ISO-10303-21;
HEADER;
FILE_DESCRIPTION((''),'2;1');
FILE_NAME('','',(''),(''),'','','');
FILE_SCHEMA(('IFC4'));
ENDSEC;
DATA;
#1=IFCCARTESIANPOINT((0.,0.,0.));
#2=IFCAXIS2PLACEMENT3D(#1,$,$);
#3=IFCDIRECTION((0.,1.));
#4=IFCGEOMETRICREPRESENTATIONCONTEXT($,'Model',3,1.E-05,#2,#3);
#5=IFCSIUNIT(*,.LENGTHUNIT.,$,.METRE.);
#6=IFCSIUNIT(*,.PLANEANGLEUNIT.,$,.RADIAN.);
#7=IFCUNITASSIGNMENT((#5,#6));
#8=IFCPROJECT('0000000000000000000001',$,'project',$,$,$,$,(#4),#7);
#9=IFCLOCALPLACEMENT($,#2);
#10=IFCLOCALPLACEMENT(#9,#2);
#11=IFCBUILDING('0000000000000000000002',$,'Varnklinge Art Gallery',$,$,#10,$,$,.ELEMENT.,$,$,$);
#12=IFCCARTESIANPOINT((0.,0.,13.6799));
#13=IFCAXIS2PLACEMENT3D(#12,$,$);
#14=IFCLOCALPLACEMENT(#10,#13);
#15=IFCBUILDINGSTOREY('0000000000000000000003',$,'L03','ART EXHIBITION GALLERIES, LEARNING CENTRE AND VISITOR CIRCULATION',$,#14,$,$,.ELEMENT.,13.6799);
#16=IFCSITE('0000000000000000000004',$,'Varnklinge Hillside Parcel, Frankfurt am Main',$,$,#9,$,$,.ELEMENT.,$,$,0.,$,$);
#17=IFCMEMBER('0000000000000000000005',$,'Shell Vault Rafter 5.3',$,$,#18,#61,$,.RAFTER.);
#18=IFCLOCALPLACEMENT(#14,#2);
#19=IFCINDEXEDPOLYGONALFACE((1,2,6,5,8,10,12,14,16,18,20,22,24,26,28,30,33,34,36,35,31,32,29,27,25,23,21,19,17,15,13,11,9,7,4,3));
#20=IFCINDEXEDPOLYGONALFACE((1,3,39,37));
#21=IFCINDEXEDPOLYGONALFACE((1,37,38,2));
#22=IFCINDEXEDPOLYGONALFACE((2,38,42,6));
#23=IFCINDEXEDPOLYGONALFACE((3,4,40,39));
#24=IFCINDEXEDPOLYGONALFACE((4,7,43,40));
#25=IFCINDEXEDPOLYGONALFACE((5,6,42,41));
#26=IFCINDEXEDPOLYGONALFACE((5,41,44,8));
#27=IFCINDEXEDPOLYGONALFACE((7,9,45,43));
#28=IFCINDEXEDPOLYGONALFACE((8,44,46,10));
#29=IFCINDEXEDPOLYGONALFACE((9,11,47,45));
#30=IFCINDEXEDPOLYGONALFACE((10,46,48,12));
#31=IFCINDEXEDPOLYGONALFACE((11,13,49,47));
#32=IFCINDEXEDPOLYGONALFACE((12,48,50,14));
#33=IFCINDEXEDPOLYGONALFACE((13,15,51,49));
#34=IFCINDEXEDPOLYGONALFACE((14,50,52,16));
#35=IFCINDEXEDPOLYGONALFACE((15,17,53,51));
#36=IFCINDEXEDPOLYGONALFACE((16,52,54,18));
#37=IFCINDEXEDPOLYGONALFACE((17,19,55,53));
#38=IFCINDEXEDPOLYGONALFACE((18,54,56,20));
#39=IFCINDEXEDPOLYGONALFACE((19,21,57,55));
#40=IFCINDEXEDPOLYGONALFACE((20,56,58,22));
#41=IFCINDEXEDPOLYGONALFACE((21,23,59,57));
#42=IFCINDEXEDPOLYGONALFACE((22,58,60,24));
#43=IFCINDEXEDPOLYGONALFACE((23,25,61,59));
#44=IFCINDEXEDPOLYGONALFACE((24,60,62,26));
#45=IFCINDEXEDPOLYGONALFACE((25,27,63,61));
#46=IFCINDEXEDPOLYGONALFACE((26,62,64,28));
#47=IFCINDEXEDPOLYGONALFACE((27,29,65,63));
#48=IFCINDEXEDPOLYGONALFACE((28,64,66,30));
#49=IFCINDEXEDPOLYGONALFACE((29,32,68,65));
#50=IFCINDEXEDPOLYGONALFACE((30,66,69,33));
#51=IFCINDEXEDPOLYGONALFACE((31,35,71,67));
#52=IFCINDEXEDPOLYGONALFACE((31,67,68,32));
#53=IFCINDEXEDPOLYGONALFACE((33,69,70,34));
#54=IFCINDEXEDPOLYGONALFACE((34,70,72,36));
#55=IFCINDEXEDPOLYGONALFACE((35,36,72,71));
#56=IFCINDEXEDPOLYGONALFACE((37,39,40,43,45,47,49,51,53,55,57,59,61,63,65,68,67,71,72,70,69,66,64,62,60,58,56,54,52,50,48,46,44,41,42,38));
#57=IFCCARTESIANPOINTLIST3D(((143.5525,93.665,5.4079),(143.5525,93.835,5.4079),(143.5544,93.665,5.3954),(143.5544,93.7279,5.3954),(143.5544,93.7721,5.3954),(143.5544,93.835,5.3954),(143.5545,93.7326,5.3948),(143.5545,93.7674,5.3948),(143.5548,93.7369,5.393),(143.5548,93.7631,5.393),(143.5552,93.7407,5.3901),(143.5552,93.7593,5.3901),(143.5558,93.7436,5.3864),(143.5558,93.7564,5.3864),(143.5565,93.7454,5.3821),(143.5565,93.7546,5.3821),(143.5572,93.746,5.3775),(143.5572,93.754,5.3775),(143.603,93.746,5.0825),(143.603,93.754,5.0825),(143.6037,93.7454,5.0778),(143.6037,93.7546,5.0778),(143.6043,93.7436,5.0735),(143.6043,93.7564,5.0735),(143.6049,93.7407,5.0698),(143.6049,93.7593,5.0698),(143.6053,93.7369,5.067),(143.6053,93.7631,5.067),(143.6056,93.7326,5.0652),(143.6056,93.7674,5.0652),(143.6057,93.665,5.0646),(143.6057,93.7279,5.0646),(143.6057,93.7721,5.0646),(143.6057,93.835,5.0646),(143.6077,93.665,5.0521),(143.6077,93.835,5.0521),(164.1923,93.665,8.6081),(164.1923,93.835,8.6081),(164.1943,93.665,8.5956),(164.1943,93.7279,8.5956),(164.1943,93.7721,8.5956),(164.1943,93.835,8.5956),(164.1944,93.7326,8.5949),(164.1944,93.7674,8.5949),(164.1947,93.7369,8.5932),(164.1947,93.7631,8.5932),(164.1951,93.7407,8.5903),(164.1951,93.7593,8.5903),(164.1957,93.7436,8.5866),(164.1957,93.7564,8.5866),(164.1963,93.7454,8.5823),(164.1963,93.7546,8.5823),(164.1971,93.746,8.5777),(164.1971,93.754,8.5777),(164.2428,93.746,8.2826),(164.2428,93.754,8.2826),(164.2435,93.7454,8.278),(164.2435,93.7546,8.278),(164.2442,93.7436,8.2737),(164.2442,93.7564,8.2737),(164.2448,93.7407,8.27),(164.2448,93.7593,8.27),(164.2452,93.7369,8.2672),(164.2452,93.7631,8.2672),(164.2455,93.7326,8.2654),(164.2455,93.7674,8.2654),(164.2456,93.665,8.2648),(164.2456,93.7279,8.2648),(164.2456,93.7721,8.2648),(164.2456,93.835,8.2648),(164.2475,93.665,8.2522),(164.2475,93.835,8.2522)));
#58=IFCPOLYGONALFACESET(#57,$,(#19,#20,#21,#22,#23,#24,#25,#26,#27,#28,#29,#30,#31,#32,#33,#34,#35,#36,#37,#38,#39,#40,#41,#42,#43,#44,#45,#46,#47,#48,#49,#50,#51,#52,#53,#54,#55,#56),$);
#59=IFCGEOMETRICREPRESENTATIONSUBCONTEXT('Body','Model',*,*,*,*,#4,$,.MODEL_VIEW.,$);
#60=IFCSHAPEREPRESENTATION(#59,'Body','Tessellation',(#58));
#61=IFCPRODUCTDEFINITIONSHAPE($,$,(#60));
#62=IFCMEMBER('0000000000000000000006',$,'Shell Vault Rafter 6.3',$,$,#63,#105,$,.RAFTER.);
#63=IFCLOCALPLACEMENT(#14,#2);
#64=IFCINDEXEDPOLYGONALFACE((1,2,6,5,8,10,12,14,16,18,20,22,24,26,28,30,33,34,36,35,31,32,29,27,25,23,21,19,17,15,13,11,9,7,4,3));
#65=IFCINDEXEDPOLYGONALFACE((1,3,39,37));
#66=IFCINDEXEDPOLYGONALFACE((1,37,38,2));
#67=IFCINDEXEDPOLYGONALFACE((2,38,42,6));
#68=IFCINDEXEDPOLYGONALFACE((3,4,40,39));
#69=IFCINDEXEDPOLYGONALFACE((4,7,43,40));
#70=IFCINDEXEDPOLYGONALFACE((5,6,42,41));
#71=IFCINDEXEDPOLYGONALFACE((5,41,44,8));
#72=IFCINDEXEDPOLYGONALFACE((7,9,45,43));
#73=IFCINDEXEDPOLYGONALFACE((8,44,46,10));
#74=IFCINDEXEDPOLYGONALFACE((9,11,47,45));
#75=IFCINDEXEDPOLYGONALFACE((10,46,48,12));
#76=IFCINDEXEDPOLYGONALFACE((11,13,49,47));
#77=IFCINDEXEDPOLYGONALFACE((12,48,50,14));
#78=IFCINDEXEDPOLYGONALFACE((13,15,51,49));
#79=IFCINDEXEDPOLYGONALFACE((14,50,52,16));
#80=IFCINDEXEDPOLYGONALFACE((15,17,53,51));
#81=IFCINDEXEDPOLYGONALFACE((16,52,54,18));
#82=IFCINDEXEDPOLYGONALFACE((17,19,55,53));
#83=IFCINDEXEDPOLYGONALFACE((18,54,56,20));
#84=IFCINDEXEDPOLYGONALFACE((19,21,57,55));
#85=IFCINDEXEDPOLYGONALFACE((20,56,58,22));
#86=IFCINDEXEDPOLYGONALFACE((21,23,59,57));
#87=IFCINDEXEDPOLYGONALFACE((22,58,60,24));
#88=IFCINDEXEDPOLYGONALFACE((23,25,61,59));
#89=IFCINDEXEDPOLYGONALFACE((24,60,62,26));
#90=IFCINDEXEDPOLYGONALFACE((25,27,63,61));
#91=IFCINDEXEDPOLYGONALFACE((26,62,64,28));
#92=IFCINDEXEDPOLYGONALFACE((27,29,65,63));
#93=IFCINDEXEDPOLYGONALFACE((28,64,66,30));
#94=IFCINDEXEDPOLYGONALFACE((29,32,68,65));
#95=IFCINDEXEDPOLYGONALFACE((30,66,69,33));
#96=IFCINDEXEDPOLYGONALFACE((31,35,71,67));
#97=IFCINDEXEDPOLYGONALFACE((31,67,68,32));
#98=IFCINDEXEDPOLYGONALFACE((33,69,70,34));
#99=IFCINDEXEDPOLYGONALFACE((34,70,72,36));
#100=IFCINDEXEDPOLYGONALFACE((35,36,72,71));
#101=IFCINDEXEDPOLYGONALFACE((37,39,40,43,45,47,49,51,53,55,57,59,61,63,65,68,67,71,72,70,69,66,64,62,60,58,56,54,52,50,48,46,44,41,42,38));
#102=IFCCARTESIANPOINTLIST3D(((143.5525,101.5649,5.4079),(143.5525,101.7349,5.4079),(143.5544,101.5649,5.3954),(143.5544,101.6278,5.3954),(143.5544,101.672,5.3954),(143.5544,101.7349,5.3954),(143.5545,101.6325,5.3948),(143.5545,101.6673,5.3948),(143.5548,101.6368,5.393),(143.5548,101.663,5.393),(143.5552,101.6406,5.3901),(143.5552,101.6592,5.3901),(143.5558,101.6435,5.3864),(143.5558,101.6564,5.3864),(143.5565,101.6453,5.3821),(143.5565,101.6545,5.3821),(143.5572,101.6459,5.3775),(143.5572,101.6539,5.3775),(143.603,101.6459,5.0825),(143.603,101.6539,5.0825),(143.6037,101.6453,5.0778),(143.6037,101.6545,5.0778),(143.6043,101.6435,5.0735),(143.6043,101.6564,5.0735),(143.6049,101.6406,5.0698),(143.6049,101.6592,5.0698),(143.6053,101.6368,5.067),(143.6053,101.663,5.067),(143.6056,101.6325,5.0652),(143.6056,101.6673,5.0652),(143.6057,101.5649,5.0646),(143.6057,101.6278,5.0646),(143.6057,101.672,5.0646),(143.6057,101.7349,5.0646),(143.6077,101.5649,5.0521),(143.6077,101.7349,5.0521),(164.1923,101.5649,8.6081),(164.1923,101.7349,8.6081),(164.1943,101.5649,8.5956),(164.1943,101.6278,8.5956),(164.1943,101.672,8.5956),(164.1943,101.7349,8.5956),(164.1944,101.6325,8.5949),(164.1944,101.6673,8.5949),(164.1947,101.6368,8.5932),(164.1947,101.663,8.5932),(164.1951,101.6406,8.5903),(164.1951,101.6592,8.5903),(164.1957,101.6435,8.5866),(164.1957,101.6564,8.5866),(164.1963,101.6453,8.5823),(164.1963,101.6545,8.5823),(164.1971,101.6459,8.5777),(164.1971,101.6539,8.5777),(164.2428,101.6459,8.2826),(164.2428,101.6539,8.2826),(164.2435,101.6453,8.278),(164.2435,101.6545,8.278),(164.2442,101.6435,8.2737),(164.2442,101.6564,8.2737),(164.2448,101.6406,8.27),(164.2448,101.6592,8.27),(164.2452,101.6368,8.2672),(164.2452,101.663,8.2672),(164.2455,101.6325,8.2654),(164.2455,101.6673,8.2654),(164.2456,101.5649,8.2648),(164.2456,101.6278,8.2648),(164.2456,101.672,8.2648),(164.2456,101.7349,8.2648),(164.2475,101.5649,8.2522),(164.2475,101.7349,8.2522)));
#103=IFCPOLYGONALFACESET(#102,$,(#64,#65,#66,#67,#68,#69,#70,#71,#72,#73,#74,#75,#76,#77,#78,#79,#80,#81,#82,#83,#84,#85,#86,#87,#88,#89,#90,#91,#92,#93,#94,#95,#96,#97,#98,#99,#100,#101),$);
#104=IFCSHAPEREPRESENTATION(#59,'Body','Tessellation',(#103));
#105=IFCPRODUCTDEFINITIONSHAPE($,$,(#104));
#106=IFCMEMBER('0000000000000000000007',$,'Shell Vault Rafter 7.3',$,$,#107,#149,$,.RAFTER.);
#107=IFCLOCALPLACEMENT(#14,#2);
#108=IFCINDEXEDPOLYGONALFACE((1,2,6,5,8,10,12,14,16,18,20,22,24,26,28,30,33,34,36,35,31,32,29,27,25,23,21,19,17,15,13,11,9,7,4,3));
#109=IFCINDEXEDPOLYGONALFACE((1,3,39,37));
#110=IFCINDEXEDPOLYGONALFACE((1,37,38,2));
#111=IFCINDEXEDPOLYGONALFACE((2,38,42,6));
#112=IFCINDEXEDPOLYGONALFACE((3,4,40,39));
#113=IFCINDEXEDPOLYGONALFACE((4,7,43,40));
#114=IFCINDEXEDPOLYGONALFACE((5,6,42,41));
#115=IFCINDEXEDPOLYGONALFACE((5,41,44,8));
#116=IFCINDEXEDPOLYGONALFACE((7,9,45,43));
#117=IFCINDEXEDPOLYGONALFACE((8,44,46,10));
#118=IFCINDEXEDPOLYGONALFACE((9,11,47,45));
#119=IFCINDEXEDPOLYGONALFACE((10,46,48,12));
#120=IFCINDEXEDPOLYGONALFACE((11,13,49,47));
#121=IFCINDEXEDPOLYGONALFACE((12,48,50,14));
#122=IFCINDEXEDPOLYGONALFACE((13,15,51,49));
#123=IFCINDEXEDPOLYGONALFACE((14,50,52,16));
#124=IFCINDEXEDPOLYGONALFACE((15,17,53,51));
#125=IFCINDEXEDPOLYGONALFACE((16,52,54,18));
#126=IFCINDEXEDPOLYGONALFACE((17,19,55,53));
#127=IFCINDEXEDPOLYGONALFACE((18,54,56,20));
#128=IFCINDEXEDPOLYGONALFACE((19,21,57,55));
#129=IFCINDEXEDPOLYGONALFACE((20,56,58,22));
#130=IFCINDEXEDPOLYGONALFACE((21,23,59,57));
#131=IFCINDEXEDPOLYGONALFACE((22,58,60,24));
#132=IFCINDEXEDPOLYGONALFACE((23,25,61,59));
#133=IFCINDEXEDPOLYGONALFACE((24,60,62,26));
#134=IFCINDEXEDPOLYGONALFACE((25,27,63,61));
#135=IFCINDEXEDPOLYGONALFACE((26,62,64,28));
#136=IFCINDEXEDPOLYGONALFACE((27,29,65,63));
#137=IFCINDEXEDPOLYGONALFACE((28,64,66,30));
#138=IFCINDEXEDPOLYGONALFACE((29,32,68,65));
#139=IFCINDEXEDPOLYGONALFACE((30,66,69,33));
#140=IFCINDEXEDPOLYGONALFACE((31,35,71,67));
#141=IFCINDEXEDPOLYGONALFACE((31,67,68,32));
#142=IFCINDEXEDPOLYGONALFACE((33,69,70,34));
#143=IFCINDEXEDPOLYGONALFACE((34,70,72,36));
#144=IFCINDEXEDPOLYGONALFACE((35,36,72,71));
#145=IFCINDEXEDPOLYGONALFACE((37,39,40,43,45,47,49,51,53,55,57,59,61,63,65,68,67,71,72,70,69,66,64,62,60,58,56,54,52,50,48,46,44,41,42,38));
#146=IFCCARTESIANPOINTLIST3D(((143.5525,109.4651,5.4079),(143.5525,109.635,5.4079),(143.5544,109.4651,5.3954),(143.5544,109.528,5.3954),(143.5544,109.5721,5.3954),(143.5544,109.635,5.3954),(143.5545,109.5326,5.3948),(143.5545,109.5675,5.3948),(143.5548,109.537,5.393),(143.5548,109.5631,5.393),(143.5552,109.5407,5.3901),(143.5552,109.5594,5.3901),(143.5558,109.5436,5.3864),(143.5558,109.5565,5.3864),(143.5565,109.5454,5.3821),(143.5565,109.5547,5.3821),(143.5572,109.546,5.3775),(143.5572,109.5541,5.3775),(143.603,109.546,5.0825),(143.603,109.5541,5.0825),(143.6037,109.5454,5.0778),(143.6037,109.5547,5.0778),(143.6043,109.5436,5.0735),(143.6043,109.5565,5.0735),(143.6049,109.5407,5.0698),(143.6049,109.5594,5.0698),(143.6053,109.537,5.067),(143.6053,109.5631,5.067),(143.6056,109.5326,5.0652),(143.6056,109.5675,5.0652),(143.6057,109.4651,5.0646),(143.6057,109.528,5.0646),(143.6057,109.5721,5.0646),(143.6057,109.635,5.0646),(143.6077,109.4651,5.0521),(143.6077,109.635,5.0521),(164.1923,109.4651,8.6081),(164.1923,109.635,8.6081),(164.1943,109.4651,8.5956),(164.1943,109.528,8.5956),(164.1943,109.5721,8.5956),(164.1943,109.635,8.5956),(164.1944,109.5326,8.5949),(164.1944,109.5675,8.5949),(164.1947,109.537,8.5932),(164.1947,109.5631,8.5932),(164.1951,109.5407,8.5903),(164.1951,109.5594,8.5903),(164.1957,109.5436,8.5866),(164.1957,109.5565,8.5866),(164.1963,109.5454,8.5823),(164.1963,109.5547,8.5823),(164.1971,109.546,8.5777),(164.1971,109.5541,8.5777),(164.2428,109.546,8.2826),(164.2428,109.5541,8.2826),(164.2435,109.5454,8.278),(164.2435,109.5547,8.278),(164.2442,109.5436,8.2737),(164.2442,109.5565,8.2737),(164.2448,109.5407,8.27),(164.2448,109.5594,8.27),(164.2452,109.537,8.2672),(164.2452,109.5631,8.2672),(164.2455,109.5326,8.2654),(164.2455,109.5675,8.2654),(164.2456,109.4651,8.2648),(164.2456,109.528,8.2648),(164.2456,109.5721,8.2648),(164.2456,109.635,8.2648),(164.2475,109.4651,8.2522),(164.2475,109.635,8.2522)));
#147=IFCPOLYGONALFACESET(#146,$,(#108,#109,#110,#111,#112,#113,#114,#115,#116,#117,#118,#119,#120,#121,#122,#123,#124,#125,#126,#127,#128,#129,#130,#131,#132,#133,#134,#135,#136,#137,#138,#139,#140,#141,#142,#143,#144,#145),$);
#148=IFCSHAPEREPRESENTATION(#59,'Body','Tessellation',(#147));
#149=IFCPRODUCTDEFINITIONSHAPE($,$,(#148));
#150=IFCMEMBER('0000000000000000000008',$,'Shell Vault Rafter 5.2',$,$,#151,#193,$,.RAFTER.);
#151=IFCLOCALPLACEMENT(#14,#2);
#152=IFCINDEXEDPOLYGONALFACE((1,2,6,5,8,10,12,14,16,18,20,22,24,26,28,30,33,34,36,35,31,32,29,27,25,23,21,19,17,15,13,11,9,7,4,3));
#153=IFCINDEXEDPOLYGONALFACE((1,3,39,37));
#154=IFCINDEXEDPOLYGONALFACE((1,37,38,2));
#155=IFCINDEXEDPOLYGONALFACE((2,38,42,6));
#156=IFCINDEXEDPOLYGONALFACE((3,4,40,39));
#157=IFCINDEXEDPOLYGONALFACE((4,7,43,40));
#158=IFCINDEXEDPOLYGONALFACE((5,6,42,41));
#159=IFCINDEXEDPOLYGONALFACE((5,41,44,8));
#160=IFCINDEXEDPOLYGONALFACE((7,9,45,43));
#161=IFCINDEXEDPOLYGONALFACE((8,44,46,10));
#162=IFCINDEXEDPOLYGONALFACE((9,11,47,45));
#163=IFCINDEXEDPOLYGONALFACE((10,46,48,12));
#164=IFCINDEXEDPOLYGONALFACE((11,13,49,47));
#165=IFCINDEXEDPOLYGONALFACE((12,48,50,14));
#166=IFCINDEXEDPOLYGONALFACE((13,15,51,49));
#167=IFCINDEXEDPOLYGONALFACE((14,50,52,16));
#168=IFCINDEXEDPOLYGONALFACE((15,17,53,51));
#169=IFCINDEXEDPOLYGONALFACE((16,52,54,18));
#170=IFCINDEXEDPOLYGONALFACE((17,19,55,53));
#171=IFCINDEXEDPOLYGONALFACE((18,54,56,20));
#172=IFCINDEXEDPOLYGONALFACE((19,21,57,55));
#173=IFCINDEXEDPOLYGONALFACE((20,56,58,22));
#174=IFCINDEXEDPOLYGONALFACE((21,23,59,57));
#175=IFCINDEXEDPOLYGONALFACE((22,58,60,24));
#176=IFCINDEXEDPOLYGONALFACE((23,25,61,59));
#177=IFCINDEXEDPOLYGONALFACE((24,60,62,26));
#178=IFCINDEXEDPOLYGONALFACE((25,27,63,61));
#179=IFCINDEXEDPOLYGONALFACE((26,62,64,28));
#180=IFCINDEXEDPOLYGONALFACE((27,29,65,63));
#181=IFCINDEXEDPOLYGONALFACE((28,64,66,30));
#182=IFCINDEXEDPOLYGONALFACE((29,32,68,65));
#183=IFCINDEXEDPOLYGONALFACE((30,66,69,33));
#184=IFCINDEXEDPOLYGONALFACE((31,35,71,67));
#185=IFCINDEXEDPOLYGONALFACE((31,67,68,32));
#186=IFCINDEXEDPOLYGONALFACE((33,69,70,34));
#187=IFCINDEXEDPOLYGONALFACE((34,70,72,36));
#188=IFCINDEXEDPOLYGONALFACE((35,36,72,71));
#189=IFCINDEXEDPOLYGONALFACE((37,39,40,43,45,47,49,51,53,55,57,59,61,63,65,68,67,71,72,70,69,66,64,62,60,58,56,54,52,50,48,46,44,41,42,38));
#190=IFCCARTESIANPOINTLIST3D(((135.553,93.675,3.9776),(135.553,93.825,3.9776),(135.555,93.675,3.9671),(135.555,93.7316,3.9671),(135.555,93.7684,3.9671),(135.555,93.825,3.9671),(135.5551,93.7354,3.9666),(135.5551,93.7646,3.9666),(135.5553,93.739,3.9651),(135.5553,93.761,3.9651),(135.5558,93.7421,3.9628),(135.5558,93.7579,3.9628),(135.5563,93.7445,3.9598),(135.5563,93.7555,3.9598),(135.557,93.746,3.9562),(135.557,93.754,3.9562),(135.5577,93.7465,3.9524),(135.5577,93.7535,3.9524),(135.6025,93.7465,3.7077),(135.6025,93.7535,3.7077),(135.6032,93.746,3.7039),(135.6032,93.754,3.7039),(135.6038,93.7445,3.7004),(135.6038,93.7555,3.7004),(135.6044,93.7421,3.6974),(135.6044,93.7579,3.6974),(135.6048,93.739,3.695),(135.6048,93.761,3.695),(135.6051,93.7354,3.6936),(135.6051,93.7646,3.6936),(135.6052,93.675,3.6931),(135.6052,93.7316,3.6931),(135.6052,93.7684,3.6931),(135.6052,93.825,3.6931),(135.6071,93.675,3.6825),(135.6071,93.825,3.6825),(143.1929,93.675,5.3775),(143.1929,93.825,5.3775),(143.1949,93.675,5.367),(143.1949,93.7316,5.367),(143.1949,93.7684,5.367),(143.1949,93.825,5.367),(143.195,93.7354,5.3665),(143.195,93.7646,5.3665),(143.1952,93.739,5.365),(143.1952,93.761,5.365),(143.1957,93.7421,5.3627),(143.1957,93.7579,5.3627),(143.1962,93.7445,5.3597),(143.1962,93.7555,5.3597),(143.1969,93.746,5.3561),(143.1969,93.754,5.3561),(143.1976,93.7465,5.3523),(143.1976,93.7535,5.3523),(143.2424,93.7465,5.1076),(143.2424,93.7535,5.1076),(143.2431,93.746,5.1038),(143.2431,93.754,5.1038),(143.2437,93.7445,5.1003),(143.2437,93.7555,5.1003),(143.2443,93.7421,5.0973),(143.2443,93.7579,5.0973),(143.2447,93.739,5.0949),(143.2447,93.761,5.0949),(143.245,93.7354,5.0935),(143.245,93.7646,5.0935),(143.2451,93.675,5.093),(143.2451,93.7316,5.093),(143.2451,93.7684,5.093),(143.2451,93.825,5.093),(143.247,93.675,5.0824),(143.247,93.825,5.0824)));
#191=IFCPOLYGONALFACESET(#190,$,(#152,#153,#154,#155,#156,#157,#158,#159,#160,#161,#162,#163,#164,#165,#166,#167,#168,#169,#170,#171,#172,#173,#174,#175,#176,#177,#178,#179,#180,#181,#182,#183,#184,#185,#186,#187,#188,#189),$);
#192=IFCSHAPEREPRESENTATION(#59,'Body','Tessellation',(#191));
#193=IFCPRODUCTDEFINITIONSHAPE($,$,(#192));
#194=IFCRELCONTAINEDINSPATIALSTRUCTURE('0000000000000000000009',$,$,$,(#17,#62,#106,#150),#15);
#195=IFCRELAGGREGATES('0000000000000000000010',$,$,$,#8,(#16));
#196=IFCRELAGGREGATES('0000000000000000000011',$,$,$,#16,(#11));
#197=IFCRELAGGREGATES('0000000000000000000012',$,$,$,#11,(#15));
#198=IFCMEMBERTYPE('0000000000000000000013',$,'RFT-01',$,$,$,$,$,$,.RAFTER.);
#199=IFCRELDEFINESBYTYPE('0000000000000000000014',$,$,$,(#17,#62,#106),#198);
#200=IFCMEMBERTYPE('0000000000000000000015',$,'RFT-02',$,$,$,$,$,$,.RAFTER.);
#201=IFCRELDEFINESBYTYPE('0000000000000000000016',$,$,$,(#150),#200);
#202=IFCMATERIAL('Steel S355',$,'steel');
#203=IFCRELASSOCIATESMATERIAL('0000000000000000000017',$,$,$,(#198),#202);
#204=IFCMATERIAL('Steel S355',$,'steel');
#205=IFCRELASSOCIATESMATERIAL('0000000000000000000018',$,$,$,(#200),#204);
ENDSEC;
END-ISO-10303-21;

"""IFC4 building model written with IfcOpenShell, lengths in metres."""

from ifc_helpers import new_model, si_unit, direction, frame, origin, origin_2d, place, context, subcontext, project, spatial, i_section, extrude, material, material_profile, profile_set, type_object, element, save


model = new_model("IFC4")

# Units and contexts
model_context = context("Model", 3, precision=1e-05, world=origin(), true_north=direction((0.0, 1.0)))
body_context = subcontext(model_context, "Body", "Model", "MODEL_VIEW")
ifc_project = project(units=[si_unit("LENGTHUNIT", "METRE"), si_unit("PLANEANGLEUNIT", "RADIAN")], contexts=[model_context])

# Site, building, storey
site_placement = place(None, origin())
site = spatial("IfcSite", under=ifc_project, at=site_placement, Name="Varnklinge Hillside Parcel, Frankfurt am Main", CompositionType="ELEMENT", RefElevation=0.0)
building_placement = place(site_placement, origin())
building = spatial("IfcBuilding", under=site, at=building_placement, Name="Varnklinge Art Gallery", CompositionType="ELEMENT")
storey_placement = place(building_placement, frame((0.0, 0.0, 13.6799)))
storey = spatial("IfcBuildingStorey", under=building, at=storey_placement, Name="L03", Description="ART EXHIBITION GALLERIES, LEARNING CENTRE AND VISITOR CIRCULATION", CompositionType="ELEMENT", Elevation=13.6799)

# Members
ifc_material_1 = material(Name="Steel S355", Category="steel")
ifc_material_profile_1 = material_profile(ifc_material_1, i_section(OverallWidth=0.1699, OverallDepth=0.3601, WebThickness=0.0081, FlangeThickness=0.0127, FilletRadius=0.0181, at=origin_2d()), Name="IPE 360")
ifc_profile_set_1 = profile_set([ifc_material_profile_1], Name="Steel S355")
member_type_1 = type_object("IfcMemberType", Name="RFT-01", PredefinedType="RAFTER", material=ifc_profile_set_1)
for number, where, z_axis, x_axis, name in (
    (1, (143.5801, 93.75, 5.23), (0.988192, 0.0, 0.153218), (0.0, 1.0, 0.0), "Shell Vault Rafter 5.3"),
    (2, (143.5801, 101.6499, 5.23), (0.988192, 0.0, 0.153218), (0.0, 1.0, 0.0), "Shell Vault Rafter 6.3"),
    (3, (143.5801, 109.55, 5.23), (0.988192, 0.0, 0.153218), (0.0, 1.0, 0.0), "Shell Vault Rafter 7.3"),
):
    element("IfcMember", number, at=place(storey_placement, frame(where, z_axis=z_axis, x_axis=x_axis)), inside=storey, type_object=member_type_1, Name=name, PredefinedType="RAFTER", context=body_context, shape_type="SweptSolid", body=[
        extrude(i_section(OverallWidth=0.1699, OverallDepth=0.3601, WebThickness=0.0081, FlangeThickness=0.0127, FilletRadius=0.0181, at=origin_2d()), origin(), (0.0, 0.0, 1.0), 20.8865),
    ])
ifc_material_2 = material(Name="Steel S355", Category="steel")
ifc_material_profile_2 = material_profile(ifc_material_2, i_section(OverallWidth=0.1499, OverallDepth=0.3, WebThickness=0.0071, FlangeThickness=0.0107, FilletRadius=0.0149, at=origin_2d()), Name="IPE 300")
ifc_profile_set_2 = profile_set([ifc_material_profile_2], Name="Steel S355")
member_type_2 = type_object("IfcMemberType", Name="RFT-02", PredefinedType="RAFTER", material=ifc_profile_set_2)
for number, where, z_axis, x_axis, name in (
    (4, (135.5801, 93.75, 3.8301), (0.983624, 0.0, 0.180235), (0.0, 1.0, 0.0), "Shell Vault Rafter 5.2"),
):
    element("IfcMember", number, at=place(storey_placement, frame(where, z_axis=z_axis, x_axis=x_axis)), inside=storey, type_object=member_type_2, Name=name, PredefinedType="RAFTER", context=body_context, shape_type="SweptSolid", body=[
        extrude(i_section(OverallWidth=0.1499, OverallDepth=0.3, WebThickness=0.0071, FlangeThickness=0.0107, FilletRadius=0.0149, at=origin_2d()), origin(), (0.0, 0.0, 1.0), 7.7671),
    ])

save(model, "model.ifc")
